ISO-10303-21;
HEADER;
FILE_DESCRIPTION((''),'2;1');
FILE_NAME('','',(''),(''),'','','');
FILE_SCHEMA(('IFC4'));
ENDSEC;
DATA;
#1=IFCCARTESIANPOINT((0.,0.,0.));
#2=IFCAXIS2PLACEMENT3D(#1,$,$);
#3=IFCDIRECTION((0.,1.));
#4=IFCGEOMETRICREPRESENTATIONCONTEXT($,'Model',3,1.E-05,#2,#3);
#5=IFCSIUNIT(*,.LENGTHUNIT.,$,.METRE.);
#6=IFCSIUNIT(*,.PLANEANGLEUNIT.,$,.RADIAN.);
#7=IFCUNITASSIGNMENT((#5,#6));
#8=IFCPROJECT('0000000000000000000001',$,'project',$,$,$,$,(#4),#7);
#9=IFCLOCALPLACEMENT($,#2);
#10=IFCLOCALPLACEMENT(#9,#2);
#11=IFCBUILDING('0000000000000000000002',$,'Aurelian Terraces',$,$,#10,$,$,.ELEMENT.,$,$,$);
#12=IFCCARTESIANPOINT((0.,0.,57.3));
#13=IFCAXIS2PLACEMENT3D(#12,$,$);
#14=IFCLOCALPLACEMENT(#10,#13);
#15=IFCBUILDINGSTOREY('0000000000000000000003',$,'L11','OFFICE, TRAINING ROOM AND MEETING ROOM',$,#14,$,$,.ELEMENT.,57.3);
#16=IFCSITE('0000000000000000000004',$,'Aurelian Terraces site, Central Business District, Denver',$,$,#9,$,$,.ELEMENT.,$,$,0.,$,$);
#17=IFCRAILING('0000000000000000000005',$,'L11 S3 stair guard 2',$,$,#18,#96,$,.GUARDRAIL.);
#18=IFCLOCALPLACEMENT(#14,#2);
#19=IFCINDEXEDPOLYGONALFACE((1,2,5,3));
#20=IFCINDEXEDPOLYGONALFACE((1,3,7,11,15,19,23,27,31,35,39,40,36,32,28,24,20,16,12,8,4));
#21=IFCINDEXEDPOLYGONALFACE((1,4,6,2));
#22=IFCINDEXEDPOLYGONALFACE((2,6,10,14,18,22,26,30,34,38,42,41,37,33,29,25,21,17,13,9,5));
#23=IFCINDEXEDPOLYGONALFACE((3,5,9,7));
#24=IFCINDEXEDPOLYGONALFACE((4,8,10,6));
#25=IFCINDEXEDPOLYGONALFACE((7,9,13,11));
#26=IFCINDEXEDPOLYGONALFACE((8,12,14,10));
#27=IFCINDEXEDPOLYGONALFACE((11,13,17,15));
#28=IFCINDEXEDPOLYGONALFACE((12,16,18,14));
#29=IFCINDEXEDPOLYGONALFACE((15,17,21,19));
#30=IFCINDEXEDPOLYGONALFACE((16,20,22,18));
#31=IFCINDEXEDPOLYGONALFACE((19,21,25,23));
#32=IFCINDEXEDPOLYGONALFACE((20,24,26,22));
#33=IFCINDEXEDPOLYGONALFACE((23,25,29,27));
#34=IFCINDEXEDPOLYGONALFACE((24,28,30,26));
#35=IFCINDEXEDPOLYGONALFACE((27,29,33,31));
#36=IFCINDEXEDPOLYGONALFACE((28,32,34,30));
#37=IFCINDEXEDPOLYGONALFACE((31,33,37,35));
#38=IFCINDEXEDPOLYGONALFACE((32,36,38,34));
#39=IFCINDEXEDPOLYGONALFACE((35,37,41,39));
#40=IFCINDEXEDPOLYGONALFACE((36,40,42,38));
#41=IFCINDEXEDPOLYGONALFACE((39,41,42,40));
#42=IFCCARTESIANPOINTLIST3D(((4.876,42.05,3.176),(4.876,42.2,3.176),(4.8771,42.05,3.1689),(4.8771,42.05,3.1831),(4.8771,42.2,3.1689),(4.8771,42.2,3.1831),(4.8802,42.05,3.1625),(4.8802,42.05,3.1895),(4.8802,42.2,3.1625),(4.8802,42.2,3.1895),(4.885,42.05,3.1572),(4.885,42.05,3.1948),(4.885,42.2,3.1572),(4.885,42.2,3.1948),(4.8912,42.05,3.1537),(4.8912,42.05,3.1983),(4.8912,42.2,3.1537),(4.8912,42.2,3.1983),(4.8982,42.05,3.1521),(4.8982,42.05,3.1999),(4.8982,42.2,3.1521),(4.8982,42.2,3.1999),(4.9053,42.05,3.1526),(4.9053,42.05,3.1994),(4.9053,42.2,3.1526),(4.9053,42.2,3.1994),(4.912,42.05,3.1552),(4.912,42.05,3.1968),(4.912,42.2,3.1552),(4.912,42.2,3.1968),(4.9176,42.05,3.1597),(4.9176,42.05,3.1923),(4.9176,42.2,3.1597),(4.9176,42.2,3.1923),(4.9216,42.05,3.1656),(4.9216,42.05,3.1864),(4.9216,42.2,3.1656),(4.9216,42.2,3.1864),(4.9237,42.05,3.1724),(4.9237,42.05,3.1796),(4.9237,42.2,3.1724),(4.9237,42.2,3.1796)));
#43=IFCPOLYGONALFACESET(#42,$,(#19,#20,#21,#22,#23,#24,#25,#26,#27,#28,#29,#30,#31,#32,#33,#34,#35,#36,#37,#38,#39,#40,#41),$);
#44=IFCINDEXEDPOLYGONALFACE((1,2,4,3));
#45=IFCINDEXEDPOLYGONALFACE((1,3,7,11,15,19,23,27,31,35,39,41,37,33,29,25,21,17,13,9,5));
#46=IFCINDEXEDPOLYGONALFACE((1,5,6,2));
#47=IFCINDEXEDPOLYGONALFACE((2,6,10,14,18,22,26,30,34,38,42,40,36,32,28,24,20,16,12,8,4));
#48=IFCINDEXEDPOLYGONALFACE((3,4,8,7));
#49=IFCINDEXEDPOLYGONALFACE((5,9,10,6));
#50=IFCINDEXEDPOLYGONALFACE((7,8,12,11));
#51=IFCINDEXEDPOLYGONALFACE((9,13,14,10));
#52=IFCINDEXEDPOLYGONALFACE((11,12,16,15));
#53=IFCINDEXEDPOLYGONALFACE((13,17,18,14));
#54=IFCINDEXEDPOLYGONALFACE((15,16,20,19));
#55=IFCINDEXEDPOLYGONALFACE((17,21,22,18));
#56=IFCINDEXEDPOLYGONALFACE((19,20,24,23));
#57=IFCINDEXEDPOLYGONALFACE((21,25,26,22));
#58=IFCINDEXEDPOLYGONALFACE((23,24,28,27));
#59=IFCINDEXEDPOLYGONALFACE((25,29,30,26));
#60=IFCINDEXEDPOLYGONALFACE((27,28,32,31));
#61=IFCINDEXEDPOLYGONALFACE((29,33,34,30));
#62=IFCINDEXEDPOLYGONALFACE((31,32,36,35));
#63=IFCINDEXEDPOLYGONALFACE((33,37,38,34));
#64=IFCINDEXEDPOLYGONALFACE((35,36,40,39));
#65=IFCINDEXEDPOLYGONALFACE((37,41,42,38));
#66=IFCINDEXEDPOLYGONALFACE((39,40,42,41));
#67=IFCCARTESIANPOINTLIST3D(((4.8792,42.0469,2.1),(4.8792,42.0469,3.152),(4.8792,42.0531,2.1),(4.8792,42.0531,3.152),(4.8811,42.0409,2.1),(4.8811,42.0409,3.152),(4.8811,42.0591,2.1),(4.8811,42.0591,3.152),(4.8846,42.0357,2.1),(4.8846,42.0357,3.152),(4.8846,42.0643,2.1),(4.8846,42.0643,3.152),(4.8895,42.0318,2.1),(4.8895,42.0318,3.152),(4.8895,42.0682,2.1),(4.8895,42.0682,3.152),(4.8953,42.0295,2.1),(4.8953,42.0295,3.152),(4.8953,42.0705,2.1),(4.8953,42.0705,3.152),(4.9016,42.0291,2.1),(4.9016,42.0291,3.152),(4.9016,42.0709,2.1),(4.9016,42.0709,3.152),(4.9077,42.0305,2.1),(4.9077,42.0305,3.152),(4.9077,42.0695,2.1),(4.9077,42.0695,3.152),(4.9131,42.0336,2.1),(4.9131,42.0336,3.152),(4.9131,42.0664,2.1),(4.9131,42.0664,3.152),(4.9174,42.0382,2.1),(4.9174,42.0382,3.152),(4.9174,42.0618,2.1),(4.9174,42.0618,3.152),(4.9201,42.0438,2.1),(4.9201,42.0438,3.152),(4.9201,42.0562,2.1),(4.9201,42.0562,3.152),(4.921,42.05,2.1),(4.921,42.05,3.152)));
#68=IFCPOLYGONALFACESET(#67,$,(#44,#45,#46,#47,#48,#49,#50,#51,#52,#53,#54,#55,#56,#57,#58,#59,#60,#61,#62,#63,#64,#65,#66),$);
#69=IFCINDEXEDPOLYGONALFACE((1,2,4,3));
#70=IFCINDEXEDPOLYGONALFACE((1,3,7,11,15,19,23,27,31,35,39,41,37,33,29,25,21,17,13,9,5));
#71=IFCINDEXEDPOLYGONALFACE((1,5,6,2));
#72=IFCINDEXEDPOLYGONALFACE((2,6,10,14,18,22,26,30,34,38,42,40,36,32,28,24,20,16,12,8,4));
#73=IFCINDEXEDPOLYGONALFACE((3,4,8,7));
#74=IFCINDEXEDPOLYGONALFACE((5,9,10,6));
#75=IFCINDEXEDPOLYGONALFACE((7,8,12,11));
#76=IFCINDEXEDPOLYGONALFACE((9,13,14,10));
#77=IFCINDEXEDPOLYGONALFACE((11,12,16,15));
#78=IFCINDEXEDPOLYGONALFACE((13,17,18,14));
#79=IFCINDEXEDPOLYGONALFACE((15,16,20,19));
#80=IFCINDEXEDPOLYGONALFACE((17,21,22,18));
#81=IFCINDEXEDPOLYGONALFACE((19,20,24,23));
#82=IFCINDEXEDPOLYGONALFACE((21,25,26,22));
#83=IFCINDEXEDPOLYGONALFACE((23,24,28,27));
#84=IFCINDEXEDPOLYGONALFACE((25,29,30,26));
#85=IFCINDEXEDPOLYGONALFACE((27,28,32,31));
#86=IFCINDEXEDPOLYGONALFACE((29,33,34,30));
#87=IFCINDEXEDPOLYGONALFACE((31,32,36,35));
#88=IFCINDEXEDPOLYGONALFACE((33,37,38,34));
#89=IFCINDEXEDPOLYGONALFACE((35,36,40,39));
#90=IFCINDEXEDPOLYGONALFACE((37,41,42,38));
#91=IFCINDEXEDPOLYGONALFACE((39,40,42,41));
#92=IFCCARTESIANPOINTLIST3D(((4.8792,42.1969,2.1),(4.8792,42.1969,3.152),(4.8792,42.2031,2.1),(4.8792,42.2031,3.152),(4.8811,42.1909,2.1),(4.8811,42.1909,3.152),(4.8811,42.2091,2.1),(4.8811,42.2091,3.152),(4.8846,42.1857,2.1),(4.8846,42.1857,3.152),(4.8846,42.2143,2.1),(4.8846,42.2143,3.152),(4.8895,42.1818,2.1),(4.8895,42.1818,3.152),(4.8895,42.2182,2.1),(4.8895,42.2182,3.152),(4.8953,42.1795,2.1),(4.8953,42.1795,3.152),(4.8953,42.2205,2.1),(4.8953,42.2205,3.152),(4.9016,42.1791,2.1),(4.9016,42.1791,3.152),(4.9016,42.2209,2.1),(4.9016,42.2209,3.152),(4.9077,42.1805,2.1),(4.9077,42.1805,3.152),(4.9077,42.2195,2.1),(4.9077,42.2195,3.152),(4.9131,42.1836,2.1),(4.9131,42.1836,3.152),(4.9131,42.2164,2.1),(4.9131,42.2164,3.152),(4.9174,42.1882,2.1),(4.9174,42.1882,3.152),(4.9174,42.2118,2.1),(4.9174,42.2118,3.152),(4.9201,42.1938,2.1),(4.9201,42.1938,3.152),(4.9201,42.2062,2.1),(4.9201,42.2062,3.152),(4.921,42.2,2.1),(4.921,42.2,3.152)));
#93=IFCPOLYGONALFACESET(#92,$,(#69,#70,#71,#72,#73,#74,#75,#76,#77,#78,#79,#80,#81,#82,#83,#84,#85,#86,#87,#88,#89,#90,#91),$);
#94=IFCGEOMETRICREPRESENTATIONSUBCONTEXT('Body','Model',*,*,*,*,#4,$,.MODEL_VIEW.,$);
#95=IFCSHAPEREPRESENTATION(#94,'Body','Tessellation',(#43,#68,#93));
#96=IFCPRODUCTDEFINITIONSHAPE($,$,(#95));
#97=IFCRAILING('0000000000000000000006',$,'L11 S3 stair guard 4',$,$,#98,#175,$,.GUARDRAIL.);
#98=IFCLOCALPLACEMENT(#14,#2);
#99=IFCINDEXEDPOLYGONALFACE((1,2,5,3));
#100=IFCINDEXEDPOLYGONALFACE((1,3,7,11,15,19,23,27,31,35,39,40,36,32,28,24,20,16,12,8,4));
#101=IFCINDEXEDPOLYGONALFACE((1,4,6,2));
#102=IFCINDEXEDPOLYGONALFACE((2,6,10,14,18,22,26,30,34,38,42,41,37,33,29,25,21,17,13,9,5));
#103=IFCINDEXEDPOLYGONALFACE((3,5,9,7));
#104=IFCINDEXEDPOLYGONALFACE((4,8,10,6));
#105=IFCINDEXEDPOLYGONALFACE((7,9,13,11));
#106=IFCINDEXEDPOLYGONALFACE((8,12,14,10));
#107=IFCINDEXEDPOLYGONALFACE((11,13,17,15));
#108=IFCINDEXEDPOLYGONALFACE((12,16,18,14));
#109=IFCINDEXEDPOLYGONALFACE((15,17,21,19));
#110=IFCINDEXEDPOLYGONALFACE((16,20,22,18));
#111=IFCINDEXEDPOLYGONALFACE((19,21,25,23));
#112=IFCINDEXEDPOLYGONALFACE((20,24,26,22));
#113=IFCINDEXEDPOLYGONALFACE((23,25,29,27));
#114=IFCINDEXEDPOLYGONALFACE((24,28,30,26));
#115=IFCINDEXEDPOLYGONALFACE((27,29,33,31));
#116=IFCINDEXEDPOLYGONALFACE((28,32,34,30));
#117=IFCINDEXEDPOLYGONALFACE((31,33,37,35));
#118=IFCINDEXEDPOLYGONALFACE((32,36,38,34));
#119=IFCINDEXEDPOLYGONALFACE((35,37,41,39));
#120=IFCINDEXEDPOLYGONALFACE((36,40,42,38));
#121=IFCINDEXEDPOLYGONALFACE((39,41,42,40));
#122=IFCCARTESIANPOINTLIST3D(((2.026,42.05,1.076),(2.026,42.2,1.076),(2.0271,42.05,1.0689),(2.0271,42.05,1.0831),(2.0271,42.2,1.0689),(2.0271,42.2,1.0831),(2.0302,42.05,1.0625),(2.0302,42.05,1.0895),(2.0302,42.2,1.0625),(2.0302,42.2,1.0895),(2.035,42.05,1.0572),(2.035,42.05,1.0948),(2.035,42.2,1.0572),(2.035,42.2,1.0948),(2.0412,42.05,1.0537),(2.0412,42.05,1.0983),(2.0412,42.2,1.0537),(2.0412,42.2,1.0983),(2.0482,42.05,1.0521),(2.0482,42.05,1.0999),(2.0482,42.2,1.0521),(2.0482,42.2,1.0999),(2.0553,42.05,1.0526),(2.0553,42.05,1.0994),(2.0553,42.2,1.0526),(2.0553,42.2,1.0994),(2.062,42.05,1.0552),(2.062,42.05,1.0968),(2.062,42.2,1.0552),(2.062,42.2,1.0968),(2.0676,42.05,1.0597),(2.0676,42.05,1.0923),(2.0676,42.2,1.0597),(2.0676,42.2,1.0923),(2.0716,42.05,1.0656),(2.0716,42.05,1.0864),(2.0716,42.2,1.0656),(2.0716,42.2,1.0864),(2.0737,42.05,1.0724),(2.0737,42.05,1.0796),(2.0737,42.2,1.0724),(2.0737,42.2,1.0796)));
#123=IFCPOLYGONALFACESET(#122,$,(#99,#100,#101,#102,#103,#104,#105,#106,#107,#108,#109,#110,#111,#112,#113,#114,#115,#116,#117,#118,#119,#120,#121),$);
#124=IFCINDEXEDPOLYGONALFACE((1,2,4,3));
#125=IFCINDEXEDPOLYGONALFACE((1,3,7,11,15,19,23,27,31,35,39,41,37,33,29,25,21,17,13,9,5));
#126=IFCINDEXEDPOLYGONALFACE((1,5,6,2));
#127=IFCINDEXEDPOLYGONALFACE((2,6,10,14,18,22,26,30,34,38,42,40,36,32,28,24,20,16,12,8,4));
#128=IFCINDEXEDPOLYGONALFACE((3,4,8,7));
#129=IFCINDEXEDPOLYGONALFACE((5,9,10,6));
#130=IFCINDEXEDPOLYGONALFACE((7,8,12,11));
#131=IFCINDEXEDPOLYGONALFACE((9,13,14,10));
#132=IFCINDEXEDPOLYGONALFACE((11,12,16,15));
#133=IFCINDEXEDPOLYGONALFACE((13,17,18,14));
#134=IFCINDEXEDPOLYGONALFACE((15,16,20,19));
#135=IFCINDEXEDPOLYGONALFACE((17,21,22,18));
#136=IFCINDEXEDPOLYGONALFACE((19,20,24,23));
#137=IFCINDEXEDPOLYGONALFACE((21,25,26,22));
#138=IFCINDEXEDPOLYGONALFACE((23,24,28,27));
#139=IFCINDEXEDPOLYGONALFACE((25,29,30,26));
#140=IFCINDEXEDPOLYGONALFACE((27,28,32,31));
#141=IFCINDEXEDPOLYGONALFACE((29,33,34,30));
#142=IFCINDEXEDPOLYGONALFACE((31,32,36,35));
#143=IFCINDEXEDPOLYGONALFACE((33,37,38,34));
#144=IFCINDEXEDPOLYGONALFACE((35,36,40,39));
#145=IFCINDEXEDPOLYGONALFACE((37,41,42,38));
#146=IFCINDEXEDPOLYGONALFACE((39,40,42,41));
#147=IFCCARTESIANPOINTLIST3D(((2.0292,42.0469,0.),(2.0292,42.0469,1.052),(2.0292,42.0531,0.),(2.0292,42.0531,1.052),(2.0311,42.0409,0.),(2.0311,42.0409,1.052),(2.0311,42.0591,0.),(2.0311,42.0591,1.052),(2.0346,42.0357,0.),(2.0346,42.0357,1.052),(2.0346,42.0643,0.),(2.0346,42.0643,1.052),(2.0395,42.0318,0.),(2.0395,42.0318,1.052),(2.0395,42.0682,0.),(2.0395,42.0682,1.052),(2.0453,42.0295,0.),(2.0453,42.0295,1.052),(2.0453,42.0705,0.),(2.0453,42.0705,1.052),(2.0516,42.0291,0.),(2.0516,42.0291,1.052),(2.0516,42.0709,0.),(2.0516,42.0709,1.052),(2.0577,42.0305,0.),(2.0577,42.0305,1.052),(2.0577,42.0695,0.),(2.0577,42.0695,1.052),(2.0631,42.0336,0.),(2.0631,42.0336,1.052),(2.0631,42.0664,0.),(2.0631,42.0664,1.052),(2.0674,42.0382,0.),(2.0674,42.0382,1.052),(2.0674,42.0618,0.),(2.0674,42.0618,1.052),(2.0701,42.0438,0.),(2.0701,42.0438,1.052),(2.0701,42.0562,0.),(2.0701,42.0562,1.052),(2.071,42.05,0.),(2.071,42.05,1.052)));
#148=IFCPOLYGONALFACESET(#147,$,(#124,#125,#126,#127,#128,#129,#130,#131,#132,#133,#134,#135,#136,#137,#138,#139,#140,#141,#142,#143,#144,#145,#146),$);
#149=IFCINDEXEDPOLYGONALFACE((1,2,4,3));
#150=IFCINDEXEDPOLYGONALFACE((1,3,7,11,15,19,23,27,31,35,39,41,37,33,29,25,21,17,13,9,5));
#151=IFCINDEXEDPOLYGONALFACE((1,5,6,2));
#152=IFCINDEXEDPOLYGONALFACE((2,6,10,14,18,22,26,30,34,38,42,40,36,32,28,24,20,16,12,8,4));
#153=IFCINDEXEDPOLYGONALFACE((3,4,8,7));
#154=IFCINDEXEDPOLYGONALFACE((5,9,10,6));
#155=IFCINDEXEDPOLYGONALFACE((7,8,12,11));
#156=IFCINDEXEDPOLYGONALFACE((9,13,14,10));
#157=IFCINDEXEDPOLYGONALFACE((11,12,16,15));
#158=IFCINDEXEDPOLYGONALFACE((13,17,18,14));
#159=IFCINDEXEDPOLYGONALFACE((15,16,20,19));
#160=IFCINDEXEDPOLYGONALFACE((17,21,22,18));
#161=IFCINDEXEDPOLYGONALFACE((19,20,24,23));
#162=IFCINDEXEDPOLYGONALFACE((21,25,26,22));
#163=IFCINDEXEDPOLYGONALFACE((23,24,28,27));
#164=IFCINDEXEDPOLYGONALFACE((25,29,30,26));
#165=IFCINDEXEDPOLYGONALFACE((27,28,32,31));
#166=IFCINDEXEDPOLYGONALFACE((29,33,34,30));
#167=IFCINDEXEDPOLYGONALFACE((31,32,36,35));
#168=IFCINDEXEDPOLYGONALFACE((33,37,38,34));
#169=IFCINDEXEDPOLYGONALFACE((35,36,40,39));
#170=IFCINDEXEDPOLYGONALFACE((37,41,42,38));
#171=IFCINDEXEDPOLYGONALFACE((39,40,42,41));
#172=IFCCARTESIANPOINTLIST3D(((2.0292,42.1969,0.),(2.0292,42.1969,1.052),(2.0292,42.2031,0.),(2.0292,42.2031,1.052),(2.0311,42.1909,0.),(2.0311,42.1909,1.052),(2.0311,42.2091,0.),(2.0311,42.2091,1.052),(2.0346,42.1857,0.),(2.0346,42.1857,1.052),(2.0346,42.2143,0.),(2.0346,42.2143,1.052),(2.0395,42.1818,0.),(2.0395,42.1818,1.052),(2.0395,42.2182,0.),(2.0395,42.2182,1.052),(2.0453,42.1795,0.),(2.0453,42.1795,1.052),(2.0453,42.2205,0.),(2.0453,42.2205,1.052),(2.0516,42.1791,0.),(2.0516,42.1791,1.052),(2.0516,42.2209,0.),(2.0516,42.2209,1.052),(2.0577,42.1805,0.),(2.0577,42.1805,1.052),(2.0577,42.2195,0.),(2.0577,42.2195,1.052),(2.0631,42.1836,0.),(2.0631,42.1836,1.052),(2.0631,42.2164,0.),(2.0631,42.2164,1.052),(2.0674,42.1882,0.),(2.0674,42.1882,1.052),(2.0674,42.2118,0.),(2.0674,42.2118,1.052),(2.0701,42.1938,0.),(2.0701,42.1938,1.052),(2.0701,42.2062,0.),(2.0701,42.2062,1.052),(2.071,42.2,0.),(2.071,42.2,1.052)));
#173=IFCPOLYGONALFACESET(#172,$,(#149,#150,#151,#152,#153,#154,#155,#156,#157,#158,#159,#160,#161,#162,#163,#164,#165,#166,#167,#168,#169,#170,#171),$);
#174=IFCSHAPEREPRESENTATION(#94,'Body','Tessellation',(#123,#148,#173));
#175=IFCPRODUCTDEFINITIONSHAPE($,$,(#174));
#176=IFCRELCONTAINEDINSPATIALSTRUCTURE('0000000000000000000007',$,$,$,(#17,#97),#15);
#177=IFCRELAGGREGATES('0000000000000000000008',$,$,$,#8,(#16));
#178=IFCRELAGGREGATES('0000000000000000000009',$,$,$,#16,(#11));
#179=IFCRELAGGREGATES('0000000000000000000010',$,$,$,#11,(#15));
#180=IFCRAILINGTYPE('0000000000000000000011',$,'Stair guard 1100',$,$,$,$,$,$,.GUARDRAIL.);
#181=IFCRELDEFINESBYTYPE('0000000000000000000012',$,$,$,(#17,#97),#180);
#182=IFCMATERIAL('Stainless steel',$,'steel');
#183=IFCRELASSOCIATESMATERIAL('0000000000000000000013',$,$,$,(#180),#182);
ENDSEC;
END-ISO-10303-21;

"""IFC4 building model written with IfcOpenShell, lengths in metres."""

from ifc_helpers import new_model, si_unit, direction, frame, origin, origin_2d, place, context, subcontext, project, spatial, circle, extrude, source, transform, mapped, material, type_object, element, save


model = new_model("IFC4")

# Units and contexts
model_context = context("Model", 3, precision=1e-05, world=origin(), true_north=direction((0.0, 1.0)))
body_context = subcontext(model_context, "Body", "Model", "MODEL_VIEW")
ifc_project = project(units=[si_unit("LENGTHUNIT", "METRE"), si_unit("PLANEANGLEUNIT", "RADIAN")], contexts=[model_context])

# Site, building, storey
site_placement = place(None, origin())
site = spatial("IfcSite", under=ifc_project, at=site_placement, Name="Aurelian Terraces site, Central Business District, Denver", CompositionType="ELEMENT", RefElevation=0.0)
building_placement = place(site_placement, origin())
building = spatial("IfcBuilding", under=site, at=building_placement, Name="Aurelian Terraces", CompositionType="ELEMENT")
storey_placement = place(building_placement, frame((0.0, 0.0, 57.3)))
storey = spatial("IfcBuildingStorey", under=building, at=storey_placement, Name="L11", Description="OFFICE, TRAINING ROOM AND MEETING ROOM", CompositionType="ELEMENT", Elevation=57.3)

# Railings
ifc_material_1 = material(Name="Stainless steel", Category="steel")
railing_type_1 = type_object("IfcRailingType", Name="Stair guard 1100", PredefinedType="GUARDRAIL", material=ifc_material_1)
shared_shape_1 = source(origin(), body_context, "Body", "SweptSolid", [
    extrude(circle(Radius=0.024, at=origin_2d()), frame((0.0, 0.0, 1.076), z_axis=(0.0, 1.0, 0.0), x_axis=(-1.0, 0.0, 0.0)), (0.0, 0.0, 1.0), 0.15),
    extrude(circle(Radius=0.021, at=origin_2d()), origin(), (0.0, 0.0, 1.0), 1.052),
    extrude(circle(Radius=0.021, at=origin_2d()), frame((0.0, 0.15, 0.0)), (0.0, 0.0, 1.0), 1.052),
])
for number, where, name in (
    (1, (4.9, 42.05, 2.1), "L11 S3 stair guard 2"),
    (2, (2.05, 42.05, 0.0), "L11 S3 stair guard 4"),
):
    element("IfcRailing", number, at=place(storey_placement, frame(where)), inside=storey, type_object=railing_type_1, Name=name, PredefinedType="GUARDRAIL", context=body_context, shape_type="MappedRepresentation", body=[
        mapped(shared_shape_1, transform((0.0, 0.0, 0.0), scale=1.0)),
    ])

save(model, "model.ifc")
